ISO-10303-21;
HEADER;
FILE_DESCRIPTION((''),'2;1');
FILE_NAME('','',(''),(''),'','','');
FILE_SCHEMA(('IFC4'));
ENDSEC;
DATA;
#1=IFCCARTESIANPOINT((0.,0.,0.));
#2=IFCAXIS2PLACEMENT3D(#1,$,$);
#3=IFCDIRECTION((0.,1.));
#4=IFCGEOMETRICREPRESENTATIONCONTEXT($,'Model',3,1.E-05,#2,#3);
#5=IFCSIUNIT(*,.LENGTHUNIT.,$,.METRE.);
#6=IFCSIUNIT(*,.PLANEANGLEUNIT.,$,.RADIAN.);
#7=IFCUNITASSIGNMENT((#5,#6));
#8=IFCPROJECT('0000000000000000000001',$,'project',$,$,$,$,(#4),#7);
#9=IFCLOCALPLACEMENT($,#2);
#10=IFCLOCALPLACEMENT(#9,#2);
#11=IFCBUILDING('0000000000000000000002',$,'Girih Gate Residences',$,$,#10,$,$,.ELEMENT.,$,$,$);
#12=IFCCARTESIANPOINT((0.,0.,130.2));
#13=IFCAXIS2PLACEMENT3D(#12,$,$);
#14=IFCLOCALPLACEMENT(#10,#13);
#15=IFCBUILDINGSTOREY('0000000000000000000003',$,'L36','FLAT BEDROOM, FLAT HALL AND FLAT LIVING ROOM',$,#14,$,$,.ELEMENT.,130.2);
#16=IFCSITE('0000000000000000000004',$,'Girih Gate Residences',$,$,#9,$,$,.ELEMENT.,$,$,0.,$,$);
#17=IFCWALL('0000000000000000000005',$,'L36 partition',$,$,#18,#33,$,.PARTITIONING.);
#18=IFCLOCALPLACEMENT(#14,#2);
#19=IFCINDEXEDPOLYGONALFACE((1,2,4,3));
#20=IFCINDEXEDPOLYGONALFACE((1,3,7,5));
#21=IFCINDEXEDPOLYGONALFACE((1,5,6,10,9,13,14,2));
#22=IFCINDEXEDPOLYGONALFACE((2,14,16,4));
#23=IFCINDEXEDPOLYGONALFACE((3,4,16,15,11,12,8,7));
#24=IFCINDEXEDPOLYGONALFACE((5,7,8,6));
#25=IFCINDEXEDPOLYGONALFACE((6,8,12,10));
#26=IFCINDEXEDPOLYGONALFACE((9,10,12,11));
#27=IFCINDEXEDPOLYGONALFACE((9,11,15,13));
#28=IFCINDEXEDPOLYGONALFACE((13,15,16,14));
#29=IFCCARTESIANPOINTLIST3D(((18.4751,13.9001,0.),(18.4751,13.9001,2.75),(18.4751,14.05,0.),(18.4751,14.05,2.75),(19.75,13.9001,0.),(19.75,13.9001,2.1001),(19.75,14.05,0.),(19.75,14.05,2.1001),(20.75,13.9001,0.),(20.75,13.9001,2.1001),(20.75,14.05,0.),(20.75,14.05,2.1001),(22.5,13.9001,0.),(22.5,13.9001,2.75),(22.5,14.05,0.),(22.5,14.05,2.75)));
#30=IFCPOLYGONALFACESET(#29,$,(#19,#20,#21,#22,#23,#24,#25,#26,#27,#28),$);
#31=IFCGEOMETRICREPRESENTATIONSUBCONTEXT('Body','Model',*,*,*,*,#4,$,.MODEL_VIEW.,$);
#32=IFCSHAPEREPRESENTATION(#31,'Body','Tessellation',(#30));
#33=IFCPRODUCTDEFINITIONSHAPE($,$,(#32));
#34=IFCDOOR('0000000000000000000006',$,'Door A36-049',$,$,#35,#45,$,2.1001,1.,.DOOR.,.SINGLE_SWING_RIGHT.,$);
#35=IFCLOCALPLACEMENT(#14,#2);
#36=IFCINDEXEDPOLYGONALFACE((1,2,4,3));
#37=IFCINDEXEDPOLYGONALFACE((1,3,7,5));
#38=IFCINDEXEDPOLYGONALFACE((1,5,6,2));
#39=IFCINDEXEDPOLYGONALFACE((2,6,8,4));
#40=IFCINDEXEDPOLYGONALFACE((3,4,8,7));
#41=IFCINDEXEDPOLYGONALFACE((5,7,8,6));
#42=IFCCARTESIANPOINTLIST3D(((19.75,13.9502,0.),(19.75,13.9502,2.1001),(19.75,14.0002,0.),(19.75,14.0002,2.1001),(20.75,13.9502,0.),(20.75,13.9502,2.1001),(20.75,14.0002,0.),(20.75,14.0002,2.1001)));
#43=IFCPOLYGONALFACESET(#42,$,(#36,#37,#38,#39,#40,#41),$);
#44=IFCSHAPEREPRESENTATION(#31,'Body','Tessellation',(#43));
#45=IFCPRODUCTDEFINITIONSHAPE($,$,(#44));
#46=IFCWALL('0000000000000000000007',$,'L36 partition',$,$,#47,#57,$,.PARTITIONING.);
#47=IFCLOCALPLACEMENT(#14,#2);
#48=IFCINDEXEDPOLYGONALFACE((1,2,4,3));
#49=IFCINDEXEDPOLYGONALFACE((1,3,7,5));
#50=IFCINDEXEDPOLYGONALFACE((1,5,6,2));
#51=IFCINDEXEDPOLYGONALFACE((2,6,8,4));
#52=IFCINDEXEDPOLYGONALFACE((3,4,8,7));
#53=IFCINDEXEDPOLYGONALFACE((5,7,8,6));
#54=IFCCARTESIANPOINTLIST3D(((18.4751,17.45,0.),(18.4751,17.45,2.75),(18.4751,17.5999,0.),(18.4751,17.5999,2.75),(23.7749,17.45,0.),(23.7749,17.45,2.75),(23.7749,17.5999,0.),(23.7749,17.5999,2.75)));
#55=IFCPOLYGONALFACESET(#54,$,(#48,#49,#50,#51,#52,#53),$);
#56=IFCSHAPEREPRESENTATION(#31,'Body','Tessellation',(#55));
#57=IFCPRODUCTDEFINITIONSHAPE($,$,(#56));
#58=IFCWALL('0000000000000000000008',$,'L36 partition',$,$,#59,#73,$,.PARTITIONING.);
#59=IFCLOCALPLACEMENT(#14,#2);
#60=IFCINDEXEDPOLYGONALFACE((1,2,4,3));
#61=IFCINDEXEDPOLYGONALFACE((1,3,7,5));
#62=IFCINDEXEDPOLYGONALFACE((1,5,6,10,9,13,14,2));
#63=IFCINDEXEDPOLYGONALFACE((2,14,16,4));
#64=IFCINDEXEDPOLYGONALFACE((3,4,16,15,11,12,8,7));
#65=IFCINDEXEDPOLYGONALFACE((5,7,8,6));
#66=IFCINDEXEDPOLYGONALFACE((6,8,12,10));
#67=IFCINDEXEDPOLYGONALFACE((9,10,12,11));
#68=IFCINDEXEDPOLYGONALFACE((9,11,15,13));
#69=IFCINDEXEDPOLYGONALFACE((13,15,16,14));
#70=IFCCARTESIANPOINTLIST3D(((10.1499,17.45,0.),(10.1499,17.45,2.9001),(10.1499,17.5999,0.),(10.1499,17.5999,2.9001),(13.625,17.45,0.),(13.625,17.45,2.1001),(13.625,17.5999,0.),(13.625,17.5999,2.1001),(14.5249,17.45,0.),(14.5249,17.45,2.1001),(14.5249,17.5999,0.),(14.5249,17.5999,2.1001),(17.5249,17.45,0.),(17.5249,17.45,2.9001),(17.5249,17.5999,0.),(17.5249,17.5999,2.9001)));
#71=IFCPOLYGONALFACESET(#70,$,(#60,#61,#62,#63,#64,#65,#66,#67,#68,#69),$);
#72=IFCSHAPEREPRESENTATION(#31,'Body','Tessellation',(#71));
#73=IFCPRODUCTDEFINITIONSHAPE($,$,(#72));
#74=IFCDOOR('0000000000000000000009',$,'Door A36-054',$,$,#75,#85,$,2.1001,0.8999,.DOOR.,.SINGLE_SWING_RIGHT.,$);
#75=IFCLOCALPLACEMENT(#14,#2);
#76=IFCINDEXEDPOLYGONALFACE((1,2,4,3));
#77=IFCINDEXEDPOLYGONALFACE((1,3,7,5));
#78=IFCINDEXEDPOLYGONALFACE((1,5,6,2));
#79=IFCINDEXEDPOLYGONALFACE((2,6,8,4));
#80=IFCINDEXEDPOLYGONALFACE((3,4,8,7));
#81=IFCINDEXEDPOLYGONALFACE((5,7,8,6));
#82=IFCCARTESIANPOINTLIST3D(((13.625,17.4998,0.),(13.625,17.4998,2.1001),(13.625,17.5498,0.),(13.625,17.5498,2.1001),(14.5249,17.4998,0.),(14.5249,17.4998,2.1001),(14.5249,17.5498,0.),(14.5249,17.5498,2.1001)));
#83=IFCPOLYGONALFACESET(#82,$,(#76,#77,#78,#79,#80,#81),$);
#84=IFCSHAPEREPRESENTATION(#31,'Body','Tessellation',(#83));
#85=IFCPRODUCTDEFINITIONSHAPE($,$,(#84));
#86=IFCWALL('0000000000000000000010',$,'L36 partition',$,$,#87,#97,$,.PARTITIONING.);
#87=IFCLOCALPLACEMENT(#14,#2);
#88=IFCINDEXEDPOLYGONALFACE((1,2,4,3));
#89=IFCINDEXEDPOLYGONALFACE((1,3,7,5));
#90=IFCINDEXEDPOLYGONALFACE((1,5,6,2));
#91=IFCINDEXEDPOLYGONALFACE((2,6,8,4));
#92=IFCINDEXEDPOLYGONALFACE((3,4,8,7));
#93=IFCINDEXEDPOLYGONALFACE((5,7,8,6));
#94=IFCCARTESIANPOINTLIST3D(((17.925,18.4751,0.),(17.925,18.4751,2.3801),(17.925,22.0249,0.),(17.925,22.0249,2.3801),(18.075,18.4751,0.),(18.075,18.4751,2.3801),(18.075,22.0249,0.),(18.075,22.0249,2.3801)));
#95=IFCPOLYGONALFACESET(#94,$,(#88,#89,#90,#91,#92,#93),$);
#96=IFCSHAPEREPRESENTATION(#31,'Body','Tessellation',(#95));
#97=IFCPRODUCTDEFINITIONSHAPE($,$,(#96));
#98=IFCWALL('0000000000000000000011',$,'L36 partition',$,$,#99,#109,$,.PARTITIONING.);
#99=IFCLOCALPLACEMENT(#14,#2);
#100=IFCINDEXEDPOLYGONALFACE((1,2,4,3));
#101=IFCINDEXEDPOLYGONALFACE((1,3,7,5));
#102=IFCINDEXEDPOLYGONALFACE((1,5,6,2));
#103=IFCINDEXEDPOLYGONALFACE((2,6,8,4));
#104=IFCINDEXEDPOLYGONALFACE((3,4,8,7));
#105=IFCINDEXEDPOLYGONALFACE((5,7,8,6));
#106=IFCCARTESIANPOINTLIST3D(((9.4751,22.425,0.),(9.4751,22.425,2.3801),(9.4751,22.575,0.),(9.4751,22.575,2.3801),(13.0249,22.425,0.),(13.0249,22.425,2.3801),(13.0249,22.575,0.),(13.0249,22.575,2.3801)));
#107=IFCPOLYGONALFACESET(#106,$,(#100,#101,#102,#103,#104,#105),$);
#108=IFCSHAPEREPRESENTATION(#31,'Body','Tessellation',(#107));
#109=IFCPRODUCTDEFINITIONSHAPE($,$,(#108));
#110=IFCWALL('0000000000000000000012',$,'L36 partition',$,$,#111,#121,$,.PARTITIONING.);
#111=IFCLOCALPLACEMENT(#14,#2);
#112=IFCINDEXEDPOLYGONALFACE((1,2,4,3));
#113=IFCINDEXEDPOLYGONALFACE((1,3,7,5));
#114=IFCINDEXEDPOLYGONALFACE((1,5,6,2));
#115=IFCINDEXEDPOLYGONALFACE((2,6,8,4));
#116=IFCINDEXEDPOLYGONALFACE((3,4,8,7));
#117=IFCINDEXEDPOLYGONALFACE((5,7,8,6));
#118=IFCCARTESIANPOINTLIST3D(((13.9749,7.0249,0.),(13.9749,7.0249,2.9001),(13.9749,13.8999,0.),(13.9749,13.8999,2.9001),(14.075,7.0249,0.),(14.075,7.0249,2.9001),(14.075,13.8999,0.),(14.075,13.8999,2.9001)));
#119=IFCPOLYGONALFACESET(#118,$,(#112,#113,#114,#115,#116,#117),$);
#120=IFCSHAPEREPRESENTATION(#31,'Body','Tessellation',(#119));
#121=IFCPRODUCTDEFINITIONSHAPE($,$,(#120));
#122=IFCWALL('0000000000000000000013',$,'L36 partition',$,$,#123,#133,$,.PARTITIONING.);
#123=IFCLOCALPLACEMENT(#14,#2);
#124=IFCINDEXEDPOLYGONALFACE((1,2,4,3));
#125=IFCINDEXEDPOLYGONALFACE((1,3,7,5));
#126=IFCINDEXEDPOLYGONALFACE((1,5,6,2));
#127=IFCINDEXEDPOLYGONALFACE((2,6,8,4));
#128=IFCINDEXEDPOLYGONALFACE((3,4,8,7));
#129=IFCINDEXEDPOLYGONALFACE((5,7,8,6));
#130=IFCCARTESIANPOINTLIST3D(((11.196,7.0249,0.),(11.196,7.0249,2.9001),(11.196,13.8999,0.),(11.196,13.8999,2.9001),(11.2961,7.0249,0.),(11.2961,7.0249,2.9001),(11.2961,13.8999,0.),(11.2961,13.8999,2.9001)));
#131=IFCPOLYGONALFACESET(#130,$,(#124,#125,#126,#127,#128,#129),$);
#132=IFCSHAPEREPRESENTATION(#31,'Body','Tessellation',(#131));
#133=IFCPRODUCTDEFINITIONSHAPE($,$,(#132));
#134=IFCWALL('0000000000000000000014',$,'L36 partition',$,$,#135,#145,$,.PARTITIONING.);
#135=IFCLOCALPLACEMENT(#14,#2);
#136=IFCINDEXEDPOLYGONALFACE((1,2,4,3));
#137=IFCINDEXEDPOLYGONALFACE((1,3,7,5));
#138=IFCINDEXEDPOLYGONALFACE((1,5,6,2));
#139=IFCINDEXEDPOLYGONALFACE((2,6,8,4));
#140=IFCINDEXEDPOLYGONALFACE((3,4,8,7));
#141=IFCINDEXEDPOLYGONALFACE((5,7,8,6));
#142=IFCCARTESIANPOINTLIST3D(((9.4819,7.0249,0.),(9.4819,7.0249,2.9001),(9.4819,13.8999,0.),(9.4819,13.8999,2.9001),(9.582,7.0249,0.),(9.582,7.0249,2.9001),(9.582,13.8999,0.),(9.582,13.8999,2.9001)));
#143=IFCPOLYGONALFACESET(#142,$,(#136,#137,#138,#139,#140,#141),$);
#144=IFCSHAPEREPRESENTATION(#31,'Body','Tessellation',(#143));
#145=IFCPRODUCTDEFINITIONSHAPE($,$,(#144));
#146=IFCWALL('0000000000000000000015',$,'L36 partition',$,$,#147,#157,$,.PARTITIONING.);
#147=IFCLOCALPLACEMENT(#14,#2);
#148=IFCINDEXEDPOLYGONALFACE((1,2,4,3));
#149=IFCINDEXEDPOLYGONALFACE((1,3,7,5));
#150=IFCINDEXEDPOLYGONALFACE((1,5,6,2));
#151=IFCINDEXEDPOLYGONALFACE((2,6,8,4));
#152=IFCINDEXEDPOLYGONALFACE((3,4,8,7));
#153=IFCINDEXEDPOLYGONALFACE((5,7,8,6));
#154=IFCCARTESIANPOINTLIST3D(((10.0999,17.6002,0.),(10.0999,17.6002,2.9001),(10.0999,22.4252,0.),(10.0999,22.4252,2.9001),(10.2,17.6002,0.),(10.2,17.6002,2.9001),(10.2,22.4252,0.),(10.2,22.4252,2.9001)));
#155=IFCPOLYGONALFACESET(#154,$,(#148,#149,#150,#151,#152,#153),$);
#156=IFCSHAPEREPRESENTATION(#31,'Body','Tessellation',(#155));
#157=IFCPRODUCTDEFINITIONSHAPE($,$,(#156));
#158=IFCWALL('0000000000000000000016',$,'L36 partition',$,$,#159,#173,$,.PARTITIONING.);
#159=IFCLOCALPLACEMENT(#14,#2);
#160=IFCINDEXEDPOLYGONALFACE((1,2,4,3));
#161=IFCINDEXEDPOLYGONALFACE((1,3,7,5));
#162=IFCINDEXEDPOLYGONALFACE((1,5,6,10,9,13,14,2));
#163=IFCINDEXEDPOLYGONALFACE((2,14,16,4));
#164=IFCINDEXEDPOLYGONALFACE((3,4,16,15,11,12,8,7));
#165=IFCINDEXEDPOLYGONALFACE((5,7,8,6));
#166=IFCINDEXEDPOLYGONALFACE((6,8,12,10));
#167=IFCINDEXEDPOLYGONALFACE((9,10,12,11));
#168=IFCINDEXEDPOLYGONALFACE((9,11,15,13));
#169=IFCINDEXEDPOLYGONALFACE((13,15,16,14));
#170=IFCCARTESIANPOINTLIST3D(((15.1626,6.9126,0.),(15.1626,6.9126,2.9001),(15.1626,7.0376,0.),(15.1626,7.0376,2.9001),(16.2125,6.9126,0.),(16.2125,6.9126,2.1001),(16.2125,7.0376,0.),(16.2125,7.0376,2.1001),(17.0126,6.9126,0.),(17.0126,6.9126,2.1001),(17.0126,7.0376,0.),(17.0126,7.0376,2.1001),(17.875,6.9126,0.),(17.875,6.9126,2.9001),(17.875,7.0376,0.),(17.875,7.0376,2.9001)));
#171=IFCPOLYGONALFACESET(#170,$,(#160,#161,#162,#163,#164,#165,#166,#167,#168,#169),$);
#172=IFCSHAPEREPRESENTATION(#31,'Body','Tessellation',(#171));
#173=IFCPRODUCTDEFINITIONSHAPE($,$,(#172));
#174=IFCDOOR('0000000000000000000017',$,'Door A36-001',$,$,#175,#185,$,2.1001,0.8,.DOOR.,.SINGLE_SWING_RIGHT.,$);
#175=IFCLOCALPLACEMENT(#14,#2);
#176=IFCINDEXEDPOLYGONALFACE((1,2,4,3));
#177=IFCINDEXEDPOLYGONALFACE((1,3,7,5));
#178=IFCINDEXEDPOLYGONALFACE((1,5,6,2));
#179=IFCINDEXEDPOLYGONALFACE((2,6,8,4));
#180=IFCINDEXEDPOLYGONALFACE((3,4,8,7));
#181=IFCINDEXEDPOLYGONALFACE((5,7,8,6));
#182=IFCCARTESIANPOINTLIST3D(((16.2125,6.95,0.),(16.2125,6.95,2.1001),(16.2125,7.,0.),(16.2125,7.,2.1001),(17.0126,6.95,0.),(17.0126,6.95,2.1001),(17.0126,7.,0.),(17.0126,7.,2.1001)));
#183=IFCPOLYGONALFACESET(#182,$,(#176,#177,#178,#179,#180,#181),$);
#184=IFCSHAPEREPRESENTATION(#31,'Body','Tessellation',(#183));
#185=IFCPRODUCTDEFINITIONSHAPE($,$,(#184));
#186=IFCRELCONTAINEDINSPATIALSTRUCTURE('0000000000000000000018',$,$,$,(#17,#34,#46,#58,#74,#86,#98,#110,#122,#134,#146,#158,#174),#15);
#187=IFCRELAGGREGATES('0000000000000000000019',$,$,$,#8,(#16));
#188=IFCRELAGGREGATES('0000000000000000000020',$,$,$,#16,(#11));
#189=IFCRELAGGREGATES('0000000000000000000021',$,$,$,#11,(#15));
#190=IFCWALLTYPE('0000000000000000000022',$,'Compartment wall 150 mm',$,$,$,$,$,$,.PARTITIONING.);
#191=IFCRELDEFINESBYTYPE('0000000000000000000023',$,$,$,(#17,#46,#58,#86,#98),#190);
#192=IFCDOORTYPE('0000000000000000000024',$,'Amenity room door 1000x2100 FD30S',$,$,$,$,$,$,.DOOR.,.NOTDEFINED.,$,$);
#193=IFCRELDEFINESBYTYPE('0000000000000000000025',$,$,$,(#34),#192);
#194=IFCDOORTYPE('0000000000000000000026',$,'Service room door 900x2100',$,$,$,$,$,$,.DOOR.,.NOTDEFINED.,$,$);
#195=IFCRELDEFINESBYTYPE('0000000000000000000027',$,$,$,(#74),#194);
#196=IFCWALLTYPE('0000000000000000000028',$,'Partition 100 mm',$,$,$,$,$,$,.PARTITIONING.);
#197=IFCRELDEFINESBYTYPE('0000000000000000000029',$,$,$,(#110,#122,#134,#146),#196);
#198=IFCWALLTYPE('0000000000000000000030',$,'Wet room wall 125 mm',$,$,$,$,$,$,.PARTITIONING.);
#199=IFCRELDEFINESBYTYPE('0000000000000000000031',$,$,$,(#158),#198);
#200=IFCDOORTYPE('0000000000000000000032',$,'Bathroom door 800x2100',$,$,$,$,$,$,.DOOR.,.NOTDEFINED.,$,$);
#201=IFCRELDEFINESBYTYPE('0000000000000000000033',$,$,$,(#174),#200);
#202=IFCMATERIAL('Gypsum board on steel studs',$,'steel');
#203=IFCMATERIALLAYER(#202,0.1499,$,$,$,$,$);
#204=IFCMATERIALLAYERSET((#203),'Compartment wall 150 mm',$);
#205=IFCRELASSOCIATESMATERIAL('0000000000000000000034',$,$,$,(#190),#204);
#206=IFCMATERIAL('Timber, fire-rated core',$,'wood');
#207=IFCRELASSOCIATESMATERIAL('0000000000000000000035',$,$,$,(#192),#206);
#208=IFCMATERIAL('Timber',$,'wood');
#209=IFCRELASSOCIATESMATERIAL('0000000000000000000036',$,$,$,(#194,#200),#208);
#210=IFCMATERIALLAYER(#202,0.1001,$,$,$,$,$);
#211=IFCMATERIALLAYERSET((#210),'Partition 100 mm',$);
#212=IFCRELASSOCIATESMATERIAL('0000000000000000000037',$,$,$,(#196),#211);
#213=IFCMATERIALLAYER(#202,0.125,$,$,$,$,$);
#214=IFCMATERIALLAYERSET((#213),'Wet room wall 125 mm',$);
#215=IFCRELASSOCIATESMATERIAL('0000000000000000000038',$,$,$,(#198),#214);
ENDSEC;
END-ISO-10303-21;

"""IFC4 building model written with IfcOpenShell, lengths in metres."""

from ifc_helpers import new_model, si_unit, direction, frame, frame_2d, origin, place, context, subcontext, project, spatial, rectangle, extrude, material, layer, layer_set, type_object, element, fill, save


model = new_model("IFC4")

# Units and contexts
model_context = context("Model", 3, precision=1e-05, world=origin(), true_north=direction((0.0, 1.0)))
body_context = subcontext(model_context, "Body", "Model", "MODEL_VIEW")
ifc_project = project(units=[si_unit("LENGTHUNIT", "METRE"), si_unit("PLANEANGLEUNIT", "RADIAN")], contexts=[model_context])

# Site, building, storey
site_placement = place(None, origin())
site = spatial("IfcSite", under=ifc_project, at=site_placement, Name="Girih Gate Residences", CompositionType="ELEMENT", RefElevation=0.0)
building_placement = place(site_placement, origin())
building = spatial("IfcBuilding", under=site, at=building_placement, Name="Girih Gate Residences", CompositionType="ELEMENT")
storey_placement = place(building_placement, frame((0.0, 0.0, 130.2)))
storey = spatial("IfcBuildingStorey", under=building, at=storey_placement, Name="L36", Description="FLAT BEDROOM, FLAT HALL AND FLAT LIVING ROOM", CompositionType="ELEMENT", Elevation=130.2)

# Shared definitions
ifc_material_1 = material(Name="Gypsum board on steel studs", Category="steel")
ifc_layer_1 = layer(ifc_material_1, 0.1499)
ifc_layer_set_1 = layer_set([ifc_layer_1], Name="Compartment wall 150 mm")
wall_type_1 = type_object("IfcWallType", Name="Compartment wall 150 mm", PredefinedType="PARTITIONING", material=ifc_layer_set_1)

# Wall, opening, door
ifc_material_2 = material(Name="Timber, fire-rated core", Category="wood")
wall_1_placement = place(storey_placement, frame((22.5, 13.9751, 0.0), z_axis=(0.0, 0.0, 1.0), x_axis=(-1.0, 0.0, 0.0)))
wall_1 = element("IfcWall", 1, at=wall_1_placement, inside=storey, type_object=wall_type_1, Name="L36 partition", PredefinedType="PARTITIONING", context=body_context, shape_type="SweptSolid", body=[
    extrude(rectangle(XDim=4.0249, YDim=0.1499, at=frame_2d((2.0125, 0.0))), origin(), (0.0, 0.0, 1.0), 2.75),
])
opening_1_placement = place(wall_1_placement, frame((1.75, 0.0, 0.0)))
opening_1 = element("IfcOpeningElement", 2, at=opening_1_placement, cuts=wall_1, PredefinedType="OPENING", context=body_context, shape_type="SweptSolid", body=[
    extrude(rectangle(XDim=1.0, YDim=2.1001, at=frame_2d((0.5, 1.05))), frame((0.0, 0.085, 0.0), z_axis=(0.0, -1.0, 0.0), x_axis=(1.0, 0.0, 0.0)), (0.0, 0.0, 1.0), 0.1699),
])
door_type_1 = type_object("IfcDoorType", Name="Amenity room door 1000x2100 FD30S", OperationType="NOTDEFINED", PredefinedType="DOOR", material=ifc_material_2)
door_1_placement = place(opening_1_placement, origin())
door_1 = element("IfcDoor", 3, at=door_1_placement, inside=storey, type_object=door_type_1, Name="Door A36-049", OperationType="SINGLE_SWING_RIGHT", OverallHeight=2.1001, OverallWidth=1.0, PredefinedType="DOOR", context=body_context, shape_type="SweptSolid", body=[
    extrude(rectangle(XDim=1.0, YDim=2.1001, at=frame_2d((0.5, 1.05))), frame((0.0, 0.0249, 0.0), z_axis=(0.0, -1.0, 0.0), x_axis=(1.0, 0.0, 0.0)), (0.0, 0.0, 1.0), 0.05),
])
fill(opening_1, door_1)

# Wall
wall_2_placement = place(storey_placement, frame((18.4751, 17.5249, 0.0), z_axis=(0.0, 0.0, 1.0), x_axis=(1.0, 0.0, 0.0)))
element("IfcWall", 4, at=wall_2_placement, inside=storey, type_object=wall_type_1, Name="L36 partition", PredefinedType="PARTITIONING", context=body_context, shape_type="SweptSolid", body=[
    extrude(rectangle(XDim=5.2998, YDim=0.1499, at=frame_2d((2.6499, 0.0))), origin(), (0.0, 0.0, 1.0), 2.75),
])

# Wall, opening, door
wall_3_placement = place(storey_placement, frame((10.1499, 17.5249, 0.0), z_axis=(0.0, 0.0, 1.0), x_axis=(1.0, 0.0, 0.0)))
wall_3 = element("IfcWall", 5, at=wall_3_placement, inside=storey, type_object=wall_type_1, Name="L36 partition", PredefinedType="PARTITIONING", context=body_context, shape_type="SweptSolid", body=[
    extrude(rectangle(XDim=7.375, YDim=0.1499, at=frame_2d((3.6875, 0.0))), origin(), (0.0, 0.0, 1.0), 2.9001),
])
opening_2_placement = place(wall_3_placement, frame((3.4751, 0.0, 0.0)))
opening_2 = element("IfcOpeningElement", 6, at=opening_2_placement, cuts=wall_3, PredefinedType="OPENING", context=body_context, shape_type="SweptSolid", body=[
    extrude(rectangle(XDim=0.8999, YDim=2.1001, at=frame_2d((0.45, 1.05))), frame((0.0, 0.085, 0.0), z_axis=(0.0, -1.0, 0.0), x_axis=(1.0, 0.0, 0.0)), (0.0, 0.0, 1.0), 0.1699),
])
ifc_material_3 = material(Name="Timber", Category="wood")
door_type_2 = type_object("IfcDoorType", Name="Service room door 900x2100", OperationType="NOTDEFINED", PredefinedType="DOOR", material=ifc_material_3)
door_2_placement = place(opening_2_placement, origin())
door_2 = element("IfcDoor", 7, at=door_2_placement, inside=storey, type_object=door_type_2, Name="Door A36-054", OperationType="SINGLE_SWING_RIGHT", OverallHeight=2.1001, OverallWidth=0.8999, PredefinedType="DOOR", context=body_context, shape_type="SweptSolid", body=[
    extrude(rectangle(XDim=0.8999, YDim=2.1001, at=frame_2d((0.45, 1.05))), frame((0.0, 0.0249, 0.0), z_axis=(0.0, -1.0, 0.0), x_axis=(1.0, 0.0, 0.0)), (0.0, 0.0, 1.0), 0.05),
])
fill(opening_2, door_2)

# Walls
for number, where, z_axis, x_axis, name in (
    (8, (18.0, 18.4751, 0.0), (0.0, 0.0, 1.0), (0.0, 1.0, 0.0), "L36 partition"),
    (9, (9.4751, 22.5, 0.0), (0.0, 0.0, 1.0), (1.0, 0.0, 0.0), "L36 partition"),
):
    element("IfcWall", number, at=place(storey_placement, frame(where, z_axis=z_axis, x_axis=x_axis)), inside=storey, type_object=wall_type_1, Name=name, PredefinedType="PARTITIONING", context=body_context, shape_type="SweptSolid", body=[
        extrude(rectangle(XDim=3.5498, YDim=0.1499, at=frame_2d((1.7749, 0.0))), origin(), (0.0, 0.0, 1.0), 2.3801),
    ])
ifc_layer_2 = layer(ifc_material_1, 0.1001)
ifc_layer_set_2 = layer_set([ifc_layer_2], Name="Partition 100 mm")
wall_type_2 = type_object("IfcWallType", Name="Partition 100 mm", PredefinedType="PARTITIONING", material=ifc_layer_set_2)
for number, where, z_axis, x_axis, name in (
    (10, (14.0249, 7.0249, 0.0), (0.0, 0.0, 1.0), (0.0, 1.0, 0.0), "L36 partition"),
    (11, (11.2461, 7.0249, 0.0), (0.0, 0.0, 1.0), (0.0, 1.0, 0.0), "L36 partition"),
    (12, (9.532, 7.0249, 0.0), (0.0, 0.0, 1.0), (0.0, 1.0, 0.0), "L36 partition"),
):
    element("IfcWall", number, at=place(storey_placement, frame(where, z_axis=z_axis, x_axis=x_axis)), inside=storey, type_object=wall_type_2, Name=name, PredefinedType="PARTITIONING", context=body_context, shape_type="SweptSolid", body=[
        extrude(rectangle(XDim=6.875, YDim=0.1001, at=frame_2d((3.4375, 0.0))), origin(), (0.0, 0.0, 1.0), 2.9001),
    ])
wall_4_placement = place(storey_placement, frame((10.1499, 17.6001, 0.0), z_axis=(0.0, 0.0, 1.0), x_axis=(0.0, 1.0, 0.0)))
element("IfcWall", 13, at=wall_4_placement, inside=storey, type_object=wall_type_2, Name="L36 partition", PredefinedType="PARTITIONING", context=body_context, shape_type="SweptSolid", body=[
    extrude(rectangle(XDim=4.825, YDim=0.1001, at=frame_2d((2.4126, 0.0))), origin(), (0.0, 0.0, 1.0), 2.9001),
])

# Wall, opening, door
ifc_layer_3 = layer(ifc_material_1, 0.125)
ifc_layer_set_3 = layer_set([ifc_layer_3], Name="Wet room wall 125 mm")
wall_type_3 = type_object("IfcWallType", Name="Wet room wall 125 mm", PredefinedType="PARTITIONING", material=ifc_layer_set_3)
wall_5_placement = place(storey_placement, frame((15.1626, 6.9751, 0.0), z_axis=(0.0, 0.0, 1.0), x_axis=(1.0, 0.0, 0.0)))
wall_5 = element("IfcWall", 14, at=wall_5_placement, inside=storey, type_object=wall_type_3, Name="L36 partition", PredefinedType="PARTITIONING", context=body_context, shape_type="SweptSolid", body=[
    extrude(rectangle(XDim=2.7124, YDim=0.125, at=frame_2d((1.3562, 0.0))), origin(), (0.0, 0.0, 1.0), 2.9001),
])
opening_3_placement = place(wall_5_placement, frame((1.05, 0.0, 0.0)))
opening_3 = element("IfcOpeningElement", 15, at=opening_3_placement, cuts=wall_5, PredefinedType="OPENING", context=body_context, shape_type="SweptSolid", body=[
    extrude(rectangle(XDim=0.8, YDim=2.1001, at=frame_2d((0.3999, 1.05))), frame((0.0, 0.0725, 0.0), z_axis=(0.0, -1.0, 0.0), x_axis=(1.0, 0.0, 0.0)), (0.0, 0.0, 1.0), 0.145),
])
door_type_3 = type_object("IfcDoorType", Name="Bathroom door 800x2100", OperationType="NOTDEFINED", PredefinedType="DOOR", material=ifc_material_3)
door_3_placement = place(opening_3_placement, origin())
door_3 = element("IfcDoor", 16, at=door_3_placement, inside=storey, type_object=door_type_3, Name="Door A36-001", OperationType="SINGLE_SWING_RIGHT", OverallHeight=2.1001, OverallWidth=0.8, PredefinedType="DOOR", context=body_context, shape_type="SweptSolid", body=[
    extrude(rectangle(XDim=0.8, YDim=2.1001, at=frame_2d((0.3999, 1.05))), frame((0.0, 0.0249, 0.0), z_axis=(0.0, -1.0, 0.0), x_axis=(1.0, 0.0, 0.0)), (0.0, 0.0, 1.0), 0.05),
])
fill(opening_3, door_3)

save(model, "model.ifc")
